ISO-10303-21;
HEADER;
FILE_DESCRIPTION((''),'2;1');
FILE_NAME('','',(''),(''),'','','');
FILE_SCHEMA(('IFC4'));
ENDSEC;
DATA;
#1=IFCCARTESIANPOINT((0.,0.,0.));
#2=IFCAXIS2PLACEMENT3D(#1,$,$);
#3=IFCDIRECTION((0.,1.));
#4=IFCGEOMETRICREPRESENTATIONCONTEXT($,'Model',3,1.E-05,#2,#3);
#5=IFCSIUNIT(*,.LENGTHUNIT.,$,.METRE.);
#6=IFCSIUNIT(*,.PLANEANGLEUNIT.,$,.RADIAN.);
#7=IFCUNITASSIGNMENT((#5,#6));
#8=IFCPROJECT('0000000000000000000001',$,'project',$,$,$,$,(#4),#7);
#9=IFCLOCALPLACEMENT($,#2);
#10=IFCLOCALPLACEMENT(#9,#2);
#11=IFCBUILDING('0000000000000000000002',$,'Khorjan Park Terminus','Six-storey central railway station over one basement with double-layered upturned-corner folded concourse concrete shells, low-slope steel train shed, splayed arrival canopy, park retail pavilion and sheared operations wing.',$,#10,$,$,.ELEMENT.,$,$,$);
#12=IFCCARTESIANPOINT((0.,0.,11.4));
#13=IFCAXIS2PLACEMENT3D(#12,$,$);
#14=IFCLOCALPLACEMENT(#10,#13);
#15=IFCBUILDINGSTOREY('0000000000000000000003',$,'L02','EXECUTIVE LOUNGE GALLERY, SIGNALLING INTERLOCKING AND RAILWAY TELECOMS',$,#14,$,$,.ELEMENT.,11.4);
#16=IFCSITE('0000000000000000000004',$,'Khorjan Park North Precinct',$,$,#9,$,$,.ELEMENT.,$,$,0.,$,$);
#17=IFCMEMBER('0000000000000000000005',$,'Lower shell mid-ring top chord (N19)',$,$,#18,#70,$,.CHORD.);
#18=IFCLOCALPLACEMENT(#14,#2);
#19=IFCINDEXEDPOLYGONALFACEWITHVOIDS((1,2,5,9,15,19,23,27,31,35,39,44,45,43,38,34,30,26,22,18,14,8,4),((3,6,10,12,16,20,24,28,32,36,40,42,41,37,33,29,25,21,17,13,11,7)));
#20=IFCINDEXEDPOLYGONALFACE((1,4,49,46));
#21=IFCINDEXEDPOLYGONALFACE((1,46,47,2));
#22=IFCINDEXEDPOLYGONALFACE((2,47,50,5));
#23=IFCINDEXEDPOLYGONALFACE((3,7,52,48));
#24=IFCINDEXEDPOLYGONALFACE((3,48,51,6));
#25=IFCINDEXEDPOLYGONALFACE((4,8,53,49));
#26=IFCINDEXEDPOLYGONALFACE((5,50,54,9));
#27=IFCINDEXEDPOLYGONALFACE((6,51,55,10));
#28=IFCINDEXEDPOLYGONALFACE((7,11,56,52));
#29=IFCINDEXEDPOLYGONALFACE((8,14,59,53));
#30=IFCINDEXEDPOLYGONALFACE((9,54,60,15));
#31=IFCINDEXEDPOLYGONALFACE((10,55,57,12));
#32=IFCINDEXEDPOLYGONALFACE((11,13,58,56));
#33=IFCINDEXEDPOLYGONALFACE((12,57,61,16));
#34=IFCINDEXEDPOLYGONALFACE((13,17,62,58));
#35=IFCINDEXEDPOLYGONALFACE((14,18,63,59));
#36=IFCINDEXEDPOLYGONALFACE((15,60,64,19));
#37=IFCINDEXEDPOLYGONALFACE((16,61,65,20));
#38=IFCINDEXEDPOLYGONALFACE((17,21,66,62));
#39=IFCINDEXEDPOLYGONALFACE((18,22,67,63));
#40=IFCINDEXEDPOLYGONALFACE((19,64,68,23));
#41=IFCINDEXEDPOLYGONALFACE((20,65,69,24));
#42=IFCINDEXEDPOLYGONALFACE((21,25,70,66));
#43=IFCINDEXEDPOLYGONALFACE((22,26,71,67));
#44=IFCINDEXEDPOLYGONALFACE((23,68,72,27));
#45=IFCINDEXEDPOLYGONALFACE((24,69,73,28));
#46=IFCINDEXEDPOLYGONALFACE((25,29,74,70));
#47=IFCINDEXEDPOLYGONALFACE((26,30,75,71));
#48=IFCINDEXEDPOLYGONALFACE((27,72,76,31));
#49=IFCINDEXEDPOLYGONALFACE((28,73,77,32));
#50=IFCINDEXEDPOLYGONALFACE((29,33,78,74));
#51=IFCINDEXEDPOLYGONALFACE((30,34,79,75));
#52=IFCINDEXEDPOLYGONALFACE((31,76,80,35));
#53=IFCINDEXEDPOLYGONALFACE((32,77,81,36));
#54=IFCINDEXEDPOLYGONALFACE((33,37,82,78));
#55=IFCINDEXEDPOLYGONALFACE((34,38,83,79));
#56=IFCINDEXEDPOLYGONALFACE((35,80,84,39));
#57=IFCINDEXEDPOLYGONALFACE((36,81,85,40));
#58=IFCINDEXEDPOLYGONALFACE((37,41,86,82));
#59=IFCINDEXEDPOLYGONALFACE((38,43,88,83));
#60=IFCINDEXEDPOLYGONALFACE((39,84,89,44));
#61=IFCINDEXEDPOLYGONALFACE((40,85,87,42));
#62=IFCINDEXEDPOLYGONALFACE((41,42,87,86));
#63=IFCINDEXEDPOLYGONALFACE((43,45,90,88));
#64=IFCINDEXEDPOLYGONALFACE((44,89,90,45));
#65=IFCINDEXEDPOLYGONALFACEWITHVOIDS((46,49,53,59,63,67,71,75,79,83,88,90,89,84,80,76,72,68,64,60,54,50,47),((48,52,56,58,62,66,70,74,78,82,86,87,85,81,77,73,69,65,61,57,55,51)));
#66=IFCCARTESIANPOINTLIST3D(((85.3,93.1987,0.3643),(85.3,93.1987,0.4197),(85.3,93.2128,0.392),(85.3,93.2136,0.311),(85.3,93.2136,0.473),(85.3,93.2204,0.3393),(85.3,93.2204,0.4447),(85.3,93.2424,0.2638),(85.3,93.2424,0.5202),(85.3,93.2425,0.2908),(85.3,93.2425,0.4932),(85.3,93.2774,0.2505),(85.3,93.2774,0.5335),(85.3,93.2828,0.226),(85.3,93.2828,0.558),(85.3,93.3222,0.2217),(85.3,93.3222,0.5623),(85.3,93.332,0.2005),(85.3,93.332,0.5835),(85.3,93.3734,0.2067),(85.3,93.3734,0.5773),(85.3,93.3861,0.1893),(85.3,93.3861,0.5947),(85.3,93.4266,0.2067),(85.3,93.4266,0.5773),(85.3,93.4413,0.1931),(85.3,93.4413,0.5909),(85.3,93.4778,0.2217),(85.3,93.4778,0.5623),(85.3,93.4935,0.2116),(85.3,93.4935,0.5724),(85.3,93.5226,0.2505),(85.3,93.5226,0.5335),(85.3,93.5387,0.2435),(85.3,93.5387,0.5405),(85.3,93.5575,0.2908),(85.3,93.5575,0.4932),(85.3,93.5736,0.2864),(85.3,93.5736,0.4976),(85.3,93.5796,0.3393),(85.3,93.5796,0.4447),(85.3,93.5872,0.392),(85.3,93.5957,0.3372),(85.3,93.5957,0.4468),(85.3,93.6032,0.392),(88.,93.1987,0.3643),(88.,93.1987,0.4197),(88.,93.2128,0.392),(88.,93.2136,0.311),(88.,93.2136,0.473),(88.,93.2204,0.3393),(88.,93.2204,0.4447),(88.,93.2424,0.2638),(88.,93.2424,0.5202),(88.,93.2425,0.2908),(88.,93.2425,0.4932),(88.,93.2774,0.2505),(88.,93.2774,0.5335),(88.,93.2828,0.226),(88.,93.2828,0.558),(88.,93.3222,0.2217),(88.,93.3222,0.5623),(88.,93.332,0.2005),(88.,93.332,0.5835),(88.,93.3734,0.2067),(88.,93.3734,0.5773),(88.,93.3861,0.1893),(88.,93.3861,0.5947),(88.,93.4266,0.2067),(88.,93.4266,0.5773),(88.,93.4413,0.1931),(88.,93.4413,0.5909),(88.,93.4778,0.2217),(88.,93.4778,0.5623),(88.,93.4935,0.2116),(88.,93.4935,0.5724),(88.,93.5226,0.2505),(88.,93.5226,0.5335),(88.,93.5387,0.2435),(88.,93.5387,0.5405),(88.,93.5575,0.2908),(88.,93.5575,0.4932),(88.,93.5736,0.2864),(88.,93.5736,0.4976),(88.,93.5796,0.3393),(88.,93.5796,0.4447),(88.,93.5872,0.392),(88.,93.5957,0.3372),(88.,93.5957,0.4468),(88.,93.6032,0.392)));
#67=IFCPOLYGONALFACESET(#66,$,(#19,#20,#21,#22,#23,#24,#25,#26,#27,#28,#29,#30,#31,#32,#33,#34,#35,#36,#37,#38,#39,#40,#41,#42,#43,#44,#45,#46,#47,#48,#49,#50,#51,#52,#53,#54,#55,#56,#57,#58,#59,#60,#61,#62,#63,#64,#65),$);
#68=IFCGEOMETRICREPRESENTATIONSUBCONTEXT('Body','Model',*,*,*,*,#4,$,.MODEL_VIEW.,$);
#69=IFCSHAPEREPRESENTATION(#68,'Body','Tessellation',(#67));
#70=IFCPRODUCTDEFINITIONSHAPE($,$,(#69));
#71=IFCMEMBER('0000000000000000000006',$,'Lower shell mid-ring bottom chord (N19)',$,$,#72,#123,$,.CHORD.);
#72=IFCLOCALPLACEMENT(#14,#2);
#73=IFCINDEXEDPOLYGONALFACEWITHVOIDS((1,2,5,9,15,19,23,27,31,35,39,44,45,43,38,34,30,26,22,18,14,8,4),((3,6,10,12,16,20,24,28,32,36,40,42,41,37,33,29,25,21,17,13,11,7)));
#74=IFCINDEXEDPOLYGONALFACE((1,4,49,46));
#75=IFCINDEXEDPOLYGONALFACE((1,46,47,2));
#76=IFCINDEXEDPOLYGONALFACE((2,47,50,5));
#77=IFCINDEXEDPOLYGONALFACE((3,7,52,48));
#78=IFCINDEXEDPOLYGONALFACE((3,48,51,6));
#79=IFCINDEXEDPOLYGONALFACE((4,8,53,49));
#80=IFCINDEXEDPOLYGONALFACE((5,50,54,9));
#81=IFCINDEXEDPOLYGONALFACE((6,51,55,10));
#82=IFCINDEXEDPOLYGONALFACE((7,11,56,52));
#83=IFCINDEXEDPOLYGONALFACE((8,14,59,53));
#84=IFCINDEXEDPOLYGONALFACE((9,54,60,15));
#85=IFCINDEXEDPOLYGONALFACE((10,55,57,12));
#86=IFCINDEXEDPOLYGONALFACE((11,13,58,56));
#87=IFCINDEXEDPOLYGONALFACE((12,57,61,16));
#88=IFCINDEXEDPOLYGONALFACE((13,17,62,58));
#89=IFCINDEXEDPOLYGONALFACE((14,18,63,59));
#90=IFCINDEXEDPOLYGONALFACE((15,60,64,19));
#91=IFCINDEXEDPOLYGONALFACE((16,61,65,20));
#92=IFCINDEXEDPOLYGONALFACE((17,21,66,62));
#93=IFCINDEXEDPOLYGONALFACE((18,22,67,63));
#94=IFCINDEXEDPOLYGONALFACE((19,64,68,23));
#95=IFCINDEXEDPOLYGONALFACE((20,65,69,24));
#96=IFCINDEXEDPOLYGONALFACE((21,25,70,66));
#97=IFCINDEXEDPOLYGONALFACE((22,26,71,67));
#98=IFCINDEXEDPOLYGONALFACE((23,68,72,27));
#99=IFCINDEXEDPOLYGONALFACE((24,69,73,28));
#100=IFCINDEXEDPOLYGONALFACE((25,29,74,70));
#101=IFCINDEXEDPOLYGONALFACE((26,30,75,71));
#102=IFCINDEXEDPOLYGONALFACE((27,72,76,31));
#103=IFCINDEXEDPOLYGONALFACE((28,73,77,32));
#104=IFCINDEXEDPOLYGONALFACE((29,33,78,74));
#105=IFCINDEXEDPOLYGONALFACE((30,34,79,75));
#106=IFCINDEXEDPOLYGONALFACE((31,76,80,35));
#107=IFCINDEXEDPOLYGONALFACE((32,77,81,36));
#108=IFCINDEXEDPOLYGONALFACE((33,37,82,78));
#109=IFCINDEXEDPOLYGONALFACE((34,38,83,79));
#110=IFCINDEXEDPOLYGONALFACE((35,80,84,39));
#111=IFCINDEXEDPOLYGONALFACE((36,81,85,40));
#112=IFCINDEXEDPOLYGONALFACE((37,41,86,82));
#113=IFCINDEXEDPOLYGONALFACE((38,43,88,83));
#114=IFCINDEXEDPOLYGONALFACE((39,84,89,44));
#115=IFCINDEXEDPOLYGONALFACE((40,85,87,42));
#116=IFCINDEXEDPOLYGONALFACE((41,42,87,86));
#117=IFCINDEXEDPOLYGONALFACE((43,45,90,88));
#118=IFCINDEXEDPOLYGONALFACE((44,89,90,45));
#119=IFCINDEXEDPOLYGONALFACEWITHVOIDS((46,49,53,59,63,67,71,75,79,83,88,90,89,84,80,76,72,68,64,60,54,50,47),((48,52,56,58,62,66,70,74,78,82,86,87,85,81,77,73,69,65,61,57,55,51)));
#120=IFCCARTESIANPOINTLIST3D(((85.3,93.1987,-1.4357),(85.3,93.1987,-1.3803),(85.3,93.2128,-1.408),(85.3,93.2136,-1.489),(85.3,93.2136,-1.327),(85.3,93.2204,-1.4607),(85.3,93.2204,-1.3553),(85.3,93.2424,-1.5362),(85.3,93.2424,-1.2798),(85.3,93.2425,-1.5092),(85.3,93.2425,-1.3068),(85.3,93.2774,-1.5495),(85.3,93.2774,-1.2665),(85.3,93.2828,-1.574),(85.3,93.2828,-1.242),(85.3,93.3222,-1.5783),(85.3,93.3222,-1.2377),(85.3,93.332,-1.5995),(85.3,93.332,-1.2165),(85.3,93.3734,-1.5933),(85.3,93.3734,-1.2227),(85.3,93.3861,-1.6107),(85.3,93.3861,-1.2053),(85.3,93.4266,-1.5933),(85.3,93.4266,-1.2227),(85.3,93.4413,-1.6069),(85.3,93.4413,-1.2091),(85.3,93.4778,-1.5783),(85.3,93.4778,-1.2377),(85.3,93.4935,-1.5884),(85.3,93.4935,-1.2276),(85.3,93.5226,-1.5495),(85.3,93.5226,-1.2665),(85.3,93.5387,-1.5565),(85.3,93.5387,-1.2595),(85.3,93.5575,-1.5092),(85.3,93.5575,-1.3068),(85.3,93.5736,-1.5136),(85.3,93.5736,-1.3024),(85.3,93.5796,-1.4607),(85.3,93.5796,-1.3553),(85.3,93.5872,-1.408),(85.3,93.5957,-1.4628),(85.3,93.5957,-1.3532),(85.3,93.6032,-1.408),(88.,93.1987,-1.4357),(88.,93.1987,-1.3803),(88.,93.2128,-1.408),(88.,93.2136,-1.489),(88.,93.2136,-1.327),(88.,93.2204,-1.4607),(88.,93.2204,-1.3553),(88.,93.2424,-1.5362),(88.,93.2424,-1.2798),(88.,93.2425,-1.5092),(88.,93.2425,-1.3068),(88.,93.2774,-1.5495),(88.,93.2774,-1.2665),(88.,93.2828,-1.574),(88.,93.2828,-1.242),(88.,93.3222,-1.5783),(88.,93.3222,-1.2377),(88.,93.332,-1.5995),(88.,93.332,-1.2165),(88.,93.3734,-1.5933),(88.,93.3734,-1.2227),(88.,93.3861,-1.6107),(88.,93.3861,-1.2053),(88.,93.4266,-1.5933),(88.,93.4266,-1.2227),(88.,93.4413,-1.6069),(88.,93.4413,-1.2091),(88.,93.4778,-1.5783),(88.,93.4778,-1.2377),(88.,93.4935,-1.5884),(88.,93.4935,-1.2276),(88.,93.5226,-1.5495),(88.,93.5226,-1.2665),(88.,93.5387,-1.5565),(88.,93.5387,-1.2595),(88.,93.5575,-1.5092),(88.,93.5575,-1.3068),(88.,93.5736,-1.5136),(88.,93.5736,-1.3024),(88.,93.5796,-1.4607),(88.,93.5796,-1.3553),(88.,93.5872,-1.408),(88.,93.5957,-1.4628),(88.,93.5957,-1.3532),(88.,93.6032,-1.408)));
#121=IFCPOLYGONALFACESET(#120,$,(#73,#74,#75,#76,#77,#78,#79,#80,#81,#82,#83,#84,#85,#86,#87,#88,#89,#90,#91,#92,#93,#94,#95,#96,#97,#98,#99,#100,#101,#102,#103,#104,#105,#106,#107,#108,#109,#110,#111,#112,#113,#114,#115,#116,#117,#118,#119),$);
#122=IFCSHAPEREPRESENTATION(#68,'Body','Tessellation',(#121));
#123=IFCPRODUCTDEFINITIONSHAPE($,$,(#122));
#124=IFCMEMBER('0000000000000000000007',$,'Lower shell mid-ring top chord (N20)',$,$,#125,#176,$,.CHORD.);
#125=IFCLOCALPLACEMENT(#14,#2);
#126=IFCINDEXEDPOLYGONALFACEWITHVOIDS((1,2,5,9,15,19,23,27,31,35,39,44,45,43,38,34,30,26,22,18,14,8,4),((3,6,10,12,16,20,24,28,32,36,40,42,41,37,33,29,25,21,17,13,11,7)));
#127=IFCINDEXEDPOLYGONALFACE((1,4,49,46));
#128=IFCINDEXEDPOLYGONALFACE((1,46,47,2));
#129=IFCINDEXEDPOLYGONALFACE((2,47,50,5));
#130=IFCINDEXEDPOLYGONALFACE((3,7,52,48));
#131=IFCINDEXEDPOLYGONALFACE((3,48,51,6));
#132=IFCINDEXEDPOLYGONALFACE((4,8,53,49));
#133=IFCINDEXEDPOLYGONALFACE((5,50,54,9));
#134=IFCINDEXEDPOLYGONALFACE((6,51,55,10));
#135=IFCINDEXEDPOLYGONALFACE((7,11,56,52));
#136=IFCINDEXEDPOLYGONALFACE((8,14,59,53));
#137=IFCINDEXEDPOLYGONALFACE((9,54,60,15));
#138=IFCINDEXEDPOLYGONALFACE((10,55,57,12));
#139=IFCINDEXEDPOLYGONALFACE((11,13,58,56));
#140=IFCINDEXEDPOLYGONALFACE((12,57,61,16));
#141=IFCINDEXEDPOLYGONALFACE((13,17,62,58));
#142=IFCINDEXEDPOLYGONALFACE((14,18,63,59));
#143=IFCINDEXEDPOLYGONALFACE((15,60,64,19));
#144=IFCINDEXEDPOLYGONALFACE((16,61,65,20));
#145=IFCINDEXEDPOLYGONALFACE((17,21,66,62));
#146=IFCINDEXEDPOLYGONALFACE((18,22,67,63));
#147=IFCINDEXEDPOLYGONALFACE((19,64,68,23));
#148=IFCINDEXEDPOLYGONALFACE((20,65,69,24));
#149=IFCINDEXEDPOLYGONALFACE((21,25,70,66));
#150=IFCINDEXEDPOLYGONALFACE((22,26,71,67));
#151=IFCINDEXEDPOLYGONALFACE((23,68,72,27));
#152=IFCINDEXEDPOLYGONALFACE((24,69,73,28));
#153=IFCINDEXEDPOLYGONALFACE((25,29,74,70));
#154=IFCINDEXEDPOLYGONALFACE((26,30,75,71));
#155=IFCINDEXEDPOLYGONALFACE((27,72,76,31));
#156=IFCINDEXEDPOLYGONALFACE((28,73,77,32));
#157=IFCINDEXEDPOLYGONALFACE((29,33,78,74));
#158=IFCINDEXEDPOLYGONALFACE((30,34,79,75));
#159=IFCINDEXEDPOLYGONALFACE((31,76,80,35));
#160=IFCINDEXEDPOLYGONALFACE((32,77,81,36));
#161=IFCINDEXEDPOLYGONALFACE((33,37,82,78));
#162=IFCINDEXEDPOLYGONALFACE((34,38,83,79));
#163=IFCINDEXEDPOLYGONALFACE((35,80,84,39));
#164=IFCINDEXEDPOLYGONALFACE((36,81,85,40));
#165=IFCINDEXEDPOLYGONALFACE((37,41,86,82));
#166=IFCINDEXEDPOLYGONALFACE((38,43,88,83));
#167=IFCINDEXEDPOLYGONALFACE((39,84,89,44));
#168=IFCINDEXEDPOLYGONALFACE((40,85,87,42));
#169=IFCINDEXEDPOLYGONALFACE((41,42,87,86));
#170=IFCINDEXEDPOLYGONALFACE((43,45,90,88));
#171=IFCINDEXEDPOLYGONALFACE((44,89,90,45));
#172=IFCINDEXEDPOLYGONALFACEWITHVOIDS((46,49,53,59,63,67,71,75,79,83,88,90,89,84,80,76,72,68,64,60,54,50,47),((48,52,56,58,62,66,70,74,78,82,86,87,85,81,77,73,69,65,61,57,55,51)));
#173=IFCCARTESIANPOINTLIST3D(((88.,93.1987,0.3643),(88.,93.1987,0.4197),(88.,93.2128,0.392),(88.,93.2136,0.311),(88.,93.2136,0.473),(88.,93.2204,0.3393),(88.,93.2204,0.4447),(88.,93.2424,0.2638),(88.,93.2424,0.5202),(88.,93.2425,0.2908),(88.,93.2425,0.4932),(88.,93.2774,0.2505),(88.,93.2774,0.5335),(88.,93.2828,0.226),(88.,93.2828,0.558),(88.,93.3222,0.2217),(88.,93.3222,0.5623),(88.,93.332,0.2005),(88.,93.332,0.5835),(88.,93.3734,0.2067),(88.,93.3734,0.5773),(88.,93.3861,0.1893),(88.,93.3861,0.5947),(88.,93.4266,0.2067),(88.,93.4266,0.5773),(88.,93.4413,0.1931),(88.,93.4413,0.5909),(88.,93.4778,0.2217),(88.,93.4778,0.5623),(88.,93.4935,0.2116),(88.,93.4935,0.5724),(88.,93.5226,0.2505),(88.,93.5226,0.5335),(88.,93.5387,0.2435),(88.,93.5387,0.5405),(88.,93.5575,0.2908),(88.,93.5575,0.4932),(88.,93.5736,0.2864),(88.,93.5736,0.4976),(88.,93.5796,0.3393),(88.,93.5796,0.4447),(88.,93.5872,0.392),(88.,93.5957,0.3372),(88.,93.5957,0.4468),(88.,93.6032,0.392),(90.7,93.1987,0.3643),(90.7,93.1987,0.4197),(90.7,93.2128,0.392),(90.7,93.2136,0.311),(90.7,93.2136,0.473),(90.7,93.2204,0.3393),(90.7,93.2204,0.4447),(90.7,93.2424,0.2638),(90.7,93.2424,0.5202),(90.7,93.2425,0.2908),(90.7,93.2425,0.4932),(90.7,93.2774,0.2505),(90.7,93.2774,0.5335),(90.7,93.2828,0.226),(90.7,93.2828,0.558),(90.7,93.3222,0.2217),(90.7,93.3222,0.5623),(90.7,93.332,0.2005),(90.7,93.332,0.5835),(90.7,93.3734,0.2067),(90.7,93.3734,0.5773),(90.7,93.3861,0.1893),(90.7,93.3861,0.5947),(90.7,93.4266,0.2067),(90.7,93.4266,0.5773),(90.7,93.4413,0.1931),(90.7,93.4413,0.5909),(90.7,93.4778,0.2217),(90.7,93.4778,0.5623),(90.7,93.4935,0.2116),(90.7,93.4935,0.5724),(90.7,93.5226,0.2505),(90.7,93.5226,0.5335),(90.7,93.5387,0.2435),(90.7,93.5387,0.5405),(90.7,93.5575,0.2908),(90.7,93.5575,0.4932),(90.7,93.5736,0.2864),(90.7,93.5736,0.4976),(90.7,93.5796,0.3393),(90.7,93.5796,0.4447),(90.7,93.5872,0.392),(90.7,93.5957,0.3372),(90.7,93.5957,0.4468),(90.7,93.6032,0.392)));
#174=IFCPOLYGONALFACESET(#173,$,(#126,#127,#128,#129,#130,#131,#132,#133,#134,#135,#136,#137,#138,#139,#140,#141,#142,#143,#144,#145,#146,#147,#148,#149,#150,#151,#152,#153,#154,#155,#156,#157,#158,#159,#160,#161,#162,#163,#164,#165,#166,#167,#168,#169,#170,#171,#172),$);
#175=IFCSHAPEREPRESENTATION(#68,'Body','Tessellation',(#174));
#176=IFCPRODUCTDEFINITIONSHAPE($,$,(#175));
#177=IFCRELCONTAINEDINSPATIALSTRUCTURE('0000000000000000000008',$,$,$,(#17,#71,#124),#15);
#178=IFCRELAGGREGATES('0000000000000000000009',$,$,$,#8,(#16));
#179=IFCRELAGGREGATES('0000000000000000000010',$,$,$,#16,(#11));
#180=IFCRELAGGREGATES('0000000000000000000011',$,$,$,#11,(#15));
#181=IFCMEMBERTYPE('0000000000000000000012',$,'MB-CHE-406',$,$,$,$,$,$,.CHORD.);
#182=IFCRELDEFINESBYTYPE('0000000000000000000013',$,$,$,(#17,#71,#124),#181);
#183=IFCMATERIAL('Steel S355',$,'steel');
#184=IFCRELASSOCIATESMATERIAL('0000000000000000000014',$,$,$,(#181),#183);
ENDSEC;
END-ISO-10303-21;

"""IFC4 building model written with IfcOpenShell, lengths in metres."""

from ifc_helpers import new_model, si_unit, direction, frame, origin, origin_2d, place, context, subcontext, project, spatial, hollow_circle, extrude, material, material_profile, profile_set, type_object, element, save


model = new_model("IFC4")

# Units and contexts
model_context = context("Model", 3, precision=1e-05, world=origin(), true_north=direction((0.0, 1.0)))
body_context = subcontext(model_context, "Body", "Model", "MODEL_VIEW")
ifc_project = project(units=[si_unit("LENGTHUNIT", "METRE"), si_unit("PLANEANGLEUNIT", "RADIAN")], contexts=[model_context])

# Site, building, storey
site_placement = place(None, origin())
site = spatial("IfcSite", under=ifc_project, at=site_placement, Name="Khorjan Park North Precinct", CompositionType="ELEMENT", RefElevation=0.0)
building_placement = place(site_placement, origin())
building = spatial("IfcBuilding", under=site, at=building_placement, Name="Khorjan Park Terminus", Description="Six-storey central railway station over one basement with double-layered upturned-corner folded concourse concrete shells, low-slope steel train shed, splayed arrival canopy, park retail pavilion and sheared operations wing.", CompositionType="ELEMENT")
storey_placement = place(building_placement, frame((0.0, 0.0, 11.4)))
storey = spatial("IfcBuildingStorey", under=building, at=storey_placement, Name="L02", Description="EXECUTIVE LOUNGE GALLERY, SIGNALLING INTERLOCKING AND RAILWAY TELECOMS", CompositionType="ELEMENT", Elevation=11.4)

# Members
ifc_material_1 = material(Name="Steel S355", Category="steel")
ifc_material_profile_1 = material_profile(ifc_material_1, hollow_circle(Radius=0.2032, WallThickness=0.016, at=origin_2d()), Name="CHS 406.4x16")
ifc_profile_set_1 = profile_set([ifc_material_profile_1], Name="Steel S355")
member_type_1 = type_object("IfcMemberType", Name="MB-CHE-406", PredefinedType="CHORD", material=ifc_profile_set_1)
for number, where, z_axis, x_axis, name in (
    (1, (85.3, 93.4, 0.392), (1.0, 0.0, 0.0), (0.0, 1.0, 0.0), "Lower shell mid-ring top chord (N19)"),
    (2, (85.3, 93.4, -1.408), (1.0, 0.0, 0.0), (0.0, 1.0, 0.0), "Lower shell mid-ring bottom chord (N19)"),
    (3, (88.0, 93.4, 0.392), (1.0, 0.0, 0.0), (0.0, 1.0, 0.0), "Lower shell mid-ring top chord (N20)"),
):
    element("IfcMember", number, at=place(storey_placement, frame(where, z_axis=z_axis, x_axis=x_axis)), inside=storey, type_object=member_type_1, Name=name, PredefinedType="CHORD", context=body_context, shape_type="SweptSolid", body=[
        extrude(hollow_circle(Radius=0.2032, WallThickness=0.016, at=origin_2d()), origin(), (0.0, 0.0, 1.0), 2.7),
    ])

save(model, "model.ifc")
